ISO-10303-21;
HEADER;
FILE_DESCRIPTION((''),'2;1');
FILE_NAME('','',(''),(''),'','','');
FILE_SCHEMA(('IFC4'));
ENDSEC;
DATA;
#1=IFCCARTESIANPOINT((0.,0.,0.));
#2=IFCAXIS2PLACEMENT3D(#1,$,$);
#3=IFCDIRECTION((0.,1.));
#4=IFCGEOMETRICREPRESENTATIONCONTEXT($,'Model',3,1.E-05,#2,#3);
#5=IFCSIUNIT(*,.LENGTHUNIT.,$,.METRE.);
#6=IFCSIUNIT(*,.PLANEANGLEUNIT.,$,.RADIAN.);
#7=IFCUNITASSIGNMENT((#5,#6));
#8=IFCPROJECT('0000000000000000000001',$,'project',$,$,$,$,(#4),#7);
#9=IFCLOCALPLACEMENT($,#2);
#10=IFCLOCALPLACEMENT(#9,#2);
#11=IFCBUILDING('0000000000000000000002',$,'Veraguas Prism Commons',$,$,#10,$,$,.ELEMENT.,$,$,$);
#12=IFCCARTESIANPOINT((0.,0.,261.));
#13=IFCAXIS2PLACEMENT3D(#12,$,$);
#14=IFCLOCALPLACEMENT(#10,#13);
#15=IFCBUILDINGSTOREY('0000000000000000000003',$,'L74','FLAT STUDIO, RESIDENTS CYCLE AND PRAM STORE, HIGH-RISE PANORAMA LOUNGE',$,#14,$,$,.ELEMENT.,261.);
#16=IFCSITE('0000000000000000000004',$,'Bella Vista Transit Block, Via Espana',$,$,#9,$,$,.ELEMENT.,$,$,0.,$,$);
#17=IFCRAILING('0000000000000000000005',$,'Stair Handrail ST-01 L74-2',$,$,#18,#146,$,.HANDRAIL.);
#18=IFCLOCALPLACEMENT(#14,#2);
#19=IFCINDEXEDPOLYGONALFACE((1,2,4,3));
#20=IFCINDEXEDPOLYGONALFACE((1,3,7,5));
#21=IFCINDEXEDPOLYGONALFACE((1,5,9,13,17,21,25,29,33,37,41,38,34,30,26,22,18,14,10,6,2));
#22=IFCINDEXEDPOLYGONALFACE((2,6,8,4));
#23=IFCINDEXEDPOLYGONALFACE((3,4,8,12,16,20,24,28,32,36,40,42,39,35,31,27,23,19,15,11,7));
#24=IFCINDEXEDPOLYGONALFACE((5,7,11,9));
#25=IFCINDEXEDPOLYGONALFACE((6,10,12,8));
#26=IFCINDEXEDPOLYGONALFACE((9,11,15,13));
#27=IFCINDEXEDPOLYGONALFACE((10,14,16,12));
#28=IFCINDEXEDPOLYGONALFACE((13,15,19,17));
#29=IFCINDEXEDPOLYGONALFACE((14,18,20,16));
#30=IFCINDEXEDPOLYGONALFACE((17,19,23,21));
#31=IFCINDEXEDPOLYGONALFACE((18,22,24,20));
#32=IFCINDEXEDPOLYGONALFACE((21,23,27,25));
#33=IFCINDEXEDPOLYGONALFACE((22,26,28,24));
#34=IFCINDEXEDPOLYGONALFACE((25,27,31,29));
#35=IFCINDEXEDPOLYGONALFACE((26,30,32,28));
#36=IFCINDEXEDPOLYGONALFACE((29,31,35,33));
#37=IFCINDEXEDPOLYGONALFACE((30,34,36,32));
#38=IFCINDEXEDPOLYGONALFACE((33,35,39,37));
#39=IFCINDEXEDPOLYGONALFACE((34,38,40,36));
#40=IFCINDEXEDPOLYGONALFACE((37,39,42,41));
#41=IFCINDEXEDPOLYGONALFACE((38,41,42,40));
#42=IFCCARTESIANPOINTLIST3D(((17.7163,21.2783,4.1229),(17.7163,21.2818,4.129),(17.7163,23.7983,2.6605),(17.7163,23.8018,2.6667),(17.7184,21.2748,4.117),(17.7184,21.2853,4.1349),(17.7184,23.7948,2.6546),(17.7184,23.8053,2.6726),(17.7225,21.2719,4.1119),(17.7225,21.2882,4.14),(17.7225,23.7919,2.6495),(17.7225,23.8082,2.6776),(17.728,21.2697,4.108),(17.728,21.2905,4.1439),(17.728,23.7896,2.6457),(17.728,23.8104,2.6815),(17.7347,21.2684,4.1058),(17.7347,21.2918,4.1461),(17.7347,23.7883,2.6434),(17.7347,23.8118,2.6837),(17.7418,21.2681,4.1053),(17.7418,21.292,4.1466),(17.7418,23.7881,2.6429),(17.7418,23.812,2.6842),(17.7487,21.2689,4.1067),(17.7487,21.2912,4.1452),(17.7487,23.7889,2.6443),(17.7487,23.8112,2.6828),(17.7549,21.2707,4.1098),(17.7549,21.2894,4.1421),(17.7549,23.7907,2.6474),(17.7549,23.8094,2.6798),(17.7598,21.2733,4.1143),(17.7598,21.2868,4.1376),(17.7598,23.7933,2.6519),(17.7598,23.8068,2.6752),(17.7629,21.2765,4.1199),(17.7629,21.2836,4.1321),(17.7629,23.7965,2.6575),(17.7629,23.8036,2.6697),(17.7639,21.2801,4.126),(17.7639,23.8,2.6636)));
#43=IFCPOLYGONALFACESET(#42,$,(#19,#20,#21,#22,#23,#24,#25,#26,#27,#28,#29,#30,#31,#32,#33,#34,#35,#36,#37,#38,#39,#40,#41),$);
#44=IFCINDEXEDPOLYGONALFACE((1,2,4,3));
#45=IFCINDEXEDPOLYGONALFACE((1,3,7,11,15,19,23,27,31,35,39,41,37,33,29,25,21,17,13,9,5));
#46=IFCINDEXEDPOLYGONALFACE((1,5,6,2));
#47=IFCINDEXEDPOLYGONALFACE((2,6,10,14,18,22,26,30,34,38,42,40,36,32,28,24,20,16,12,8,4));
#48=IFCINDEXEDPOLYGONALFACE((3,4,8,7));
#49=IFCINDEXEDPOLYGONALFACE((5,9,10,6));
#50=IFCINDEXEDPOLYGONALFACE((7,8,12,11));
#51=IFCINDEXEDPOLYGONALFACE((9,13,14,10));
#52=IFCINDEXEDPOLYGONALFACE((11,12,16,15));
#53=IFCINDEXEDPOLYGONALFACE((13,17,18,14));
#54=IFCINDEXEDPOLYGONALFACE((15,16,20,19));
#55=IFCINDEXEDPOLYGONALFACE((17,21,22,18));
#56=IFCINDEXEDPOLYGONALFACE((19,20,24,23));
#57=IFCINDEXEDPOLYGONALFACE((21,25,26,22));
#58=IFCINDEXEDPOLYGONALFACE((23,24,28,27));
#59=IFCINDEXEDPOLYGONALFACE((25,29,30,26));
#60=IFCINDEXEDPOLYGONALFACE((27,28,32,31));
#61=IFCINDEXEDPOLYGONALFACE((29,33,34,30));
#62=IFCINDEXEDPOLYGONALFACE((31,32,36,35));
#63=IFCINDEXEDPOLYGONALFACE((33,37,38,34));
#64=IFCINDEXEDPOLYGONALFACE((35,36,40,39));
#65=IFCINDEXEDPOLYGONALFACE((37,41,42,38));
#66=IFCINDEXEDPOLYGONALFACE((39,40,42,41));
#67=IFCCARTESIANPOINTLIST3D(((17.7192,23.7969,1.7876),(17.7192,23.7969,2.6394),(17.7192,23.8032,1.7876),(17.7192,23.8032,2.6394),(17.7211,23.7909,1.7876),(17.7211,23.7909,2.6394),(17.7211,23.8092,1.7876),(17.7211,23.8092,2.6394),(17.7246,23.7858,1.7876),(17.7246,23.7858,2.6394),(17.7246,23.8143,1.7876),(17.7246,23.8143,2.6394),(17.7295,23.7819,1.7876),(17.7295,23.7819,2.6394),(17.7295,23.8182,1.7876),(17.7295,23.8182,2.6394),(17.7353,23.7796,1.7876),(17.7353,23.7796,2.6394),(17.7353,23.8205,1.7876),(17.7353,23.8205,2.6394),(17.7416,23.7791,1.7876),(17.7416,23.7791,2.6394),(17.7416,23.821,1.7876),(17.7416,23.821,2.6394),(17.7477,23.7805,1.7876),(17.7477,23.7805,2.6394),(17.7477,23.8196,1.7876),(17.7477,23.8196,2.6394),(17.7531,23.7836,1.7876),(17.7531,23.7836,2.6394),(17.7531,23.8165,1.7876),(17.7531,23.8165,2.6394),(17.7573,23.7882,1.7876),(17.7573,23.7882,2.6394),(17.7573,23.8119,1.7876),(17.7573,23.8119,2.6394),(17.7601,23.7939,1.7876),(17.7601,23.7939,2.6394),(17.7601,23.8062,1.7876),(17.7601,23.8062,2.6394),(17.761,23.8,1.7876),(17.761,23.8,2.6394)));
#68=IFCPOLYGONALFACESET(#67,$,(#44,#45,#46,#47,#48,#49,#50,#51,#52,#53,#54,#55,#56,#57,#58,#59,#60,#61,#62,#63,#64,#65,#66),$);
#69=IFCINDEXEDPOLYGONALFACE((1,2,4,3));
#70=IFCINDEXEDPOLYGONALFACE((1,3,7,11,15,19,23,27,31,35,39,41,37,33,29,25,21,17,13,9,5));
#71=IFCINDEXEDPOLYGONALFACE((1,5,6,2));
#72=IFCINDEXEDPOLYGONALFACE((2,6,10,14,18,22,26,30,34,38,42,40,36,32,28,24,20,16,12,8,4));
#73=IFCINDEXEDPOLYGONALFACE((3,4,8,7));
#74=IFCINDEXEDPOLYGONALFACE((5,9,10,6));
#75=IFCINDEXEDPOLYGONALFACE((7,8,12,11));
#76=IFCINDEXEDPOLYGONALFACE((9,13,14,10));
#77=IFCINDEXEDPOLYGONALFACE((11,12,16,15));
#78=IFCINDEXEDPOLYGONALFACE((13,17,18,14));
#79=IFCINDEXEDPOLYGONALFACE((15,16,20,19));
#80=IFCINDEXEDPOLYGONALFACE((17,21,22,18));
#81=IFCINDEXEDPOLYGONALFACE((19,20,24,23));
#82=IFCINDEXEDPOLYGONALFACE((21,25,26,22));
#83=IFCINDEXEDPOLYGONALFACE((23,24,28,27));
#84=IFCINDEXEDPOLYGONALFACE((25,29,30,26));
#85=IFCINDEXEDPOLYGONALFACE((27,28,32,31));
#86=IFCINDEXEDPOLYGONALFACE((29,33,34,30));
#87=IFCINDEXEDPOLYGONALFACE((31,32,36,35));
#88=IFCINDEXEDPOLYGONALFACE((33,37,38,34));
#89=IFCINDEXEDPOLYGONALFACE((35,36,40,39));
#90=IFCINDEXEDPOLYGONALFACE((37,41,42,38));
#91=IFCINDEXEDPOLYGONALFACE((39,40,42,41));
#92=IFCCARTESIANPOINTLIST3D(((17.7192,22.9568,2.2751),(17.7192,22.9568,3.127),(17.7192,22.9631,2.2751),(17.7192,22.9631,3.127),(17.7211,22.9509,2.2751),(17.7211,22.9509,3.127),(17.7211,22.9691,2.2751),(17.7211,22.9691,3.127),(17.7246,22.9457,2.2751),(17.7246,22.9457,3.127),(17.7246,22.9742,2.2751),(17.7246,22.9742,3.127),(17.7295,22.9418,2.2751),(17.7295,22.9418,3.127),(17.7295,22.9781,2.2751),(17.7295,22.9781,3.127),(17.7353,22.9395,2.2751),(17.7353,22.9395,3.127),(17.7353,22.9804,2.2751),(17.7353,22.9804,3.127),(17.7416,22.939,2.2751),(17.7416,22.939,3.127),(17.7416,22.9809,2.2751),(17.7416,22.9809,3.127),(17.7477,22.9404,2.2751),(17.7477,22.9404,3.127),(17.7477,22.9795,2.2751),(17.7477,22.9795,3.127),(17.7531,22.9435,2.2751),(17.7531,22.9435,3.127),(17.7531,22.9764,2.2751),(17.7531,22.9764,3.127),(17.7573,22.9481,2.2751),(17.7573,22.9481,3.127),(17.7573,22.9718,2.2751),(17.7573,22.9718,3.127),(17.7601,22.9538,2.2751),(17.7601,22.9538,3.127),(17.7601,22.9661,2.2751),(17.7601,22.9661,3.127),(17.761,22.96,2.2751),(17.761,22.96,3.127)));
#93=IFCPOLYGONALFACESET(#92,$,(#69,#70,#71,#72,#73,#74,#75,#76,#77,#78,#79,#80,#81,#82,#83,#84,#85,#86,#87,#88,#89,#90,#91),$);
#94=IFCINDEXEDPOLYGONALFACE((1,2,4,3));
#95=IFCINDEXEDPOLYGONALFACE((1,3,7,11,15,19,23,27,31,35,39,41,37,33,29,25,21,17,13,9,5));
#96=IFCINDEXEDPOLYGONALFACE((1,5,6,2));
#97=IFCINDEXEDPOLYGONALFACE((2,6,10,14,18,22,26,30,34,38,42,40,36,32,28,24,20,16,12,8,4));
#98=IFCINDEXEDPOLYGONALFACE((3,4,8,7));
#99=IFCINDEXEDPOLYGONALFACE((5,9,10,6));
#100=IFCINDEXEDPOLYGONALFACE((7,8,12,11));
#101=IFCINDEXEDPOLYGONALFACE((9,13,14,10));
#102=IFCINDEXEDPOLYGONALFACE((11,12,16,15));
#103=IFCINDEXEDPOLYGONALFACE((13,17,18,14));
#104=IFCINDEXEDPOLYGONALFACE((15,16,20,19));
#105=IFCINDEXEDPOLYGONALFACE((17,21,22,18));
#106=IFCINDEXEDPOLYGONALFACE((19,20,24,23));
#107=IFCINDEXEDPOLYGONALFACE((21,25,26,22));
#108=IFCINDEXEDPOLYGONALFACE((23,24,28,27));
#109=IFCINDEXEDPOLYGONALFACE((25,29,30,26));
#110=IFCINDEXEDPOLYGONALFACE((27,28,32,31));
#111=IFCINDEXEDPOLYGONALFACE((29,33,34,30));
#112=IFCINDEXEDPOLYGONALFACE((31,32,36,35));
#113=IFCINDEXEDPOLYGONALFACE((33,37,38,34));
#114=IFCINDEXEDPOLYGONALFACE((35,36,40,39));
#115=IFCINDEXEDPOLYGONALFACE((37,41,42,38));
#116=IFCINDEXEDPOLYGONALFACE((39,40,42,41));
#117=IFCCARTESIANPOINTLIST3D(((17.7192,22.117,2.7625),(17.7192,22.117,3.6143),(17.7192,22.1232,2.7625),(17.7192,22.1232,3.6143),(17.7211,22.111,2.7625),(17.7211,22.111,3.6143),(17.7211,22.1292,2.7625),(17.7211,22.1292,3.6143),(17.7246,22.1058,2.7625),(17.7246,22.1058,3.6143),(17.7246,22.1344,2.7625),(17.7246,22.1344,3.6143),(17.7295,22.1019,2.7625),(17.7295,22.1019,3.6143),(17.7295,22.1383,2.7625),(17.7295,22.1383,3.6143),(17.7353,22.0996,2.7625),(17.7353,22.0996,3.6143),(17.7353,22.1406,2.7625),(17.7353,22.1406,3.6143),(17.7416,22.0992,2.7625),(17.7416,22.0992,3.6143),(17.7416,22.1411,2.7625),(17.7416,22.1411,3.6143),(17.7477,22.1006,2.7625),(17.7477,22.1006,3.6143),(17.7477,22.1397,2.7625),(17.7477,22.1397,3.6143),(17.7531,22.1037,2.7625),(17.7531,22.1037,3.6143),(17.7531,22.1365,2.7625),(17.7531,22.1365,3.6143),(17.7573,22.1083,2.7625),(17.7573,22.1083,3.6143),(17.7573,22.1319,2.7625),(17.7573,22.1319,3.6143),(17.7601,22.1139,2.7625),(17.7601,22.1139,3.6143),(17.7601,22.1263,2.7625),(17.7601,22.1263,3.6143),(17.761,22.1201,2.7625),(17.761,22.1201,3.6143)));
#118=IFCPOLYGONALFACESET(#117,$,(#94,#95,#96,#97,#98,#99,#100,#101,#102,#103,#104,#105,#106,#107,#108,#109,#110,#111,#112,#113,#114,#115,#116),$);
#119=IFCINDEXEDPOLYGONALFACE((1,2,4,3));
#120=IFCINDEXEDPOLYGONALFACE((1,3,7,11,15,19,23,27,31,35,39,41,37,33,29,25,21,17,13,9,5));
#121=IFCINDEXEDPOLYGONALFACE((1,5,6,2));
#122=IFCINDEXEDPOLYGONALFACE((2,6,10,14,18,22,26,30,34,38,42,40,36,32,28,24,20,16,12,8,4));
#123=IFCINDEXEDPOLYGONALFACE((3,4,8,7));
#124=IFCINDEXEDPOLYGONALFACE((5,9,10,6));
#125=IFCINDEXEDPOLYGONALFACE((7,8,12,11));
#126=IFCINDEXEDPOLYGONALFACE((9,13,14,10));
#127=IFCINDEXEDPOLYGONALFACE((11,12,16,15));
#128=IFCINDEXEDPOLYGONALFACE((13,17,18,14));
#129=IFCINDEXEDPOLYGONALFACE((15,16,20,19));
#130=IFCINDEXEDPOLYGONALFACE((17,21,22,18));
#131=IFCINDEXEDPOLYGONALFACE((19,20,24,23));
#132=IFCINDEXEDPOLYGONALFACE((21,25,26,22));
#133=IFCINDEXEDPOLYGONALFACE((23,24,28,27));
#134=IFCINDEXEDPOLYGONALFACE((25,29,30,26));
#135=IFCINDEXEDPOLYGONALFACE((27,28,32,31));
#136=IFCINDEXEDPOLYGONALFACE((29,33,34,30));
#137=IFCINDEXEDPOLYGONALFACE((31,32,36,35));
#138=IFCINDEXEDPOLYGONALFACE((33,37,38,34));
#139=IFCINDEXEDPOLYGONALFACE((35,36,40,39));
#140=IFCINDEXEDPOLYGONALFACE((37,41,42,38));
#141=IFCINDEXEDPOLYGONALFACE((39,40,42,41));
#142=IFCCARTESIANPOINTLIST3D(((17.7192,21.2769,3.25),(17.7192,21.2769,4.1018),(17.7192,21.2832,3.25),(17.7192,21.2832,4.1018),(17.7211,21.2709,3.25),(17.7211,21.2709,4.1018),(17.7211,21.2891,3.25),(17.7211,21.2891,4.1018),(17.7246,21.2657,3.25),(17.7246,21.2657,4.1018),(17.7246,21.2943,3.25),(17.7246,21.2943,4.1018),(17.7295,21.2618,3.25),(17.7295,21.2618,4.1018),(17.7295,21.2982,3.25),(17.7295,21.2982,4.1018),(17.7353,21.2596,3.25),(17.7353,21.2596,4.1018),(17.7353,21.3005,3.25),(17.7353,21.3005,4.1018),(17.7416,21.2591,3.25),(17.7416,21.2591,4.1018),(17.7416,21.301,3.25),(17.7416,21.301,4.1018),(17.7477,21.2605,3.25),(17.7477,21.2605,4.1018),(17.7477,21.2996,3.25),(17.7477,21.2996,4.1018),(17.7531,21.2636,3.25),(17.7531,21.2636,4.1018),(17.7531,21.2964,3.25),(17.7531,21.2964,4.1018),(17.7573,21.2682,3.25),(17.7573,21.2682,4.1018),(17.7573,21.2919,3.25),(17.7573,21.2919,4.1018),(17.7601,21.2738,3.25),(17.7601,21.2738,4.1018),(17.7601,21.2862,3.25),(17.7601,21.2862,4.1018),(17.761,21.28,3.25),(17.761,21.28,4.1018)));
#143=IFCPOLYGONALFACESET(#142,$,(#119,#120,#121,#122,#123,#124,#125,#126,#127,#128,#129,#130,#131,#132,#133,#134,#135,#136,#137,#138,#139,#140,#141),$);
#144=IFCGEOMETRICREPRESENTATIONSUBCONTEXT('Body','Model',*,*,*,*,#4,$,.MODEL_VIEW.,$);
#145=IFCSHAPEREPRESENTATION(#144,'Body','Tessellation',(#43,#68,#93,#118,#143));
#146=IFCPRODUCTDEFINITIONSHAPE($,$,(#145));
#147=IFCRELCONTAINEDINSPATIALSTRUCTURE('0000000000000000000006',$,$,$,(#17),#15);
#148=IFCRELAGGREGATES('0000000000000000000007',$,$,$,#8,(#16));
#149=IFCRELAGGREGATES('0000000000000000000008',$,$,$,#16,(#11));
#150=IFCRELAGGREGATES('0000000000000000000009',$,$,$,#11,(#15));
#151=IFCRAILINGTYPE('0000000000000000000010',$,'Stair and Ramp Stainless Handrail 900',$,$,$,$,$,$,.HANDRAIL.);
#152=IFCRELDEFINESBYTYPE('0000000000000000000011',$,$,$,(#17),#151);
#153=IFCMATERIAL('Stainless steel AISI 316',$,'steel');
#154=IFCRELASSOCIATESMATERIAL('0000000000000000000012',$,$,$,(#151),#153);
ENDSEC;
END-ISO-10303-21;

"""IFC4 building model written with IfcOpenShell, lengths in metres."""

from ifc_helpers import new_model, si_unit, direction, frame, origin, origin_2d, place, context, subcontext, project, spatial, circle, extrude, material, type_object, element, save


model = new_model("IFC4")

# Units and contexts
model_context = context("Model", 3, precision=1e-05, world=origin(), true_north=direction((0.0, 1.0)))
body_context = subcontext(model_context, "Body", "Model", "MODEL_VIEW")
ifc_project = project(units=[si_unit("LENGTHUNIT", "METRE"), si_unit("PLANEANGLEUNIT", "RADIAN")], contexts=[model_context])

# Site, building, storey
site_placement = place(None, origin())
site = spatial("IfcSite", under=ifc_project, at=site_placement, Name="Bella Vista Transit Block, Via Espana", CompositionType="ELEMENT", RefElevation=0.0)
building_placement = place(site_placement, origin())
building = spatial("IfcBuilding", under=site, at=building_placement, Name="Veraguas Prism Commons", CompositionType="ELEMENT")
storey_placement = place(building_placement, frame((0.0, 0.0, 261.0)))
storey = spatial("IfcBuildingStorey", under=building, at=storey_placement, Name="L74", Description="FLAT STUDIO, RESIDENTS CYCLE AND PRAM STORE, HIGH-RISE PANORAMA LOUNGE", CompositionType="ELEMENT", Elevation=261.0)

# Railing
ifc_material_1 = material(Name="Stainless steel AISI 316", Category="steel")
railing_type_1 = type_object("IfcRailingType", Name="Stair and Ramp Stainless Handrail 900", PredefinedType="HANDRAIL", material=ifc_material_1)
railing_1_placement = place(storey_placement, frame((17.74, 23.8, 1.7876)))
element("IfcRailing", 1, at=railing_1_placement, inside=storey, type_object=railing_type_1, Name="Stair Handrail ST-01 L74-2", PredefinedType="HANDRAIL", context=body_context, shape_type="SweptSolid", body=[
    extrude(circle(Radius=0.0239, at=origin_2d()), frame((0.0, 0.0, 0.876), z_axis=(0.0, -0.864913, 0.501921), x_axis=(1.0, 0.0, 0.0)), (0.0, 0.0, 1.0), 2.9136),
    extrude(circle(Radius=0.021, at=origin_2d()), origin(), (0.0, 0.0, 1.0), 0.8518),
    extrude(circle(Radius=0.021, at=origin_2d()), frame((0.0, -0.8401, 0.4875)), (0.0, 0.0, 1.0), 0.8518),
    extrude(circle(Radius=0.021, at=origin_2d()), frame((0.0, -1.6799, 0.9749)), (0.0, 0.0, 1.0), 0.8518),
    extrude(circle(Radius=0.021, at=origin_2d()), frame((0.0, -2.52, 1.4624)), (0.0, 0.0, 1.0), 0.8518),
])

save(model, "model.ifc")
